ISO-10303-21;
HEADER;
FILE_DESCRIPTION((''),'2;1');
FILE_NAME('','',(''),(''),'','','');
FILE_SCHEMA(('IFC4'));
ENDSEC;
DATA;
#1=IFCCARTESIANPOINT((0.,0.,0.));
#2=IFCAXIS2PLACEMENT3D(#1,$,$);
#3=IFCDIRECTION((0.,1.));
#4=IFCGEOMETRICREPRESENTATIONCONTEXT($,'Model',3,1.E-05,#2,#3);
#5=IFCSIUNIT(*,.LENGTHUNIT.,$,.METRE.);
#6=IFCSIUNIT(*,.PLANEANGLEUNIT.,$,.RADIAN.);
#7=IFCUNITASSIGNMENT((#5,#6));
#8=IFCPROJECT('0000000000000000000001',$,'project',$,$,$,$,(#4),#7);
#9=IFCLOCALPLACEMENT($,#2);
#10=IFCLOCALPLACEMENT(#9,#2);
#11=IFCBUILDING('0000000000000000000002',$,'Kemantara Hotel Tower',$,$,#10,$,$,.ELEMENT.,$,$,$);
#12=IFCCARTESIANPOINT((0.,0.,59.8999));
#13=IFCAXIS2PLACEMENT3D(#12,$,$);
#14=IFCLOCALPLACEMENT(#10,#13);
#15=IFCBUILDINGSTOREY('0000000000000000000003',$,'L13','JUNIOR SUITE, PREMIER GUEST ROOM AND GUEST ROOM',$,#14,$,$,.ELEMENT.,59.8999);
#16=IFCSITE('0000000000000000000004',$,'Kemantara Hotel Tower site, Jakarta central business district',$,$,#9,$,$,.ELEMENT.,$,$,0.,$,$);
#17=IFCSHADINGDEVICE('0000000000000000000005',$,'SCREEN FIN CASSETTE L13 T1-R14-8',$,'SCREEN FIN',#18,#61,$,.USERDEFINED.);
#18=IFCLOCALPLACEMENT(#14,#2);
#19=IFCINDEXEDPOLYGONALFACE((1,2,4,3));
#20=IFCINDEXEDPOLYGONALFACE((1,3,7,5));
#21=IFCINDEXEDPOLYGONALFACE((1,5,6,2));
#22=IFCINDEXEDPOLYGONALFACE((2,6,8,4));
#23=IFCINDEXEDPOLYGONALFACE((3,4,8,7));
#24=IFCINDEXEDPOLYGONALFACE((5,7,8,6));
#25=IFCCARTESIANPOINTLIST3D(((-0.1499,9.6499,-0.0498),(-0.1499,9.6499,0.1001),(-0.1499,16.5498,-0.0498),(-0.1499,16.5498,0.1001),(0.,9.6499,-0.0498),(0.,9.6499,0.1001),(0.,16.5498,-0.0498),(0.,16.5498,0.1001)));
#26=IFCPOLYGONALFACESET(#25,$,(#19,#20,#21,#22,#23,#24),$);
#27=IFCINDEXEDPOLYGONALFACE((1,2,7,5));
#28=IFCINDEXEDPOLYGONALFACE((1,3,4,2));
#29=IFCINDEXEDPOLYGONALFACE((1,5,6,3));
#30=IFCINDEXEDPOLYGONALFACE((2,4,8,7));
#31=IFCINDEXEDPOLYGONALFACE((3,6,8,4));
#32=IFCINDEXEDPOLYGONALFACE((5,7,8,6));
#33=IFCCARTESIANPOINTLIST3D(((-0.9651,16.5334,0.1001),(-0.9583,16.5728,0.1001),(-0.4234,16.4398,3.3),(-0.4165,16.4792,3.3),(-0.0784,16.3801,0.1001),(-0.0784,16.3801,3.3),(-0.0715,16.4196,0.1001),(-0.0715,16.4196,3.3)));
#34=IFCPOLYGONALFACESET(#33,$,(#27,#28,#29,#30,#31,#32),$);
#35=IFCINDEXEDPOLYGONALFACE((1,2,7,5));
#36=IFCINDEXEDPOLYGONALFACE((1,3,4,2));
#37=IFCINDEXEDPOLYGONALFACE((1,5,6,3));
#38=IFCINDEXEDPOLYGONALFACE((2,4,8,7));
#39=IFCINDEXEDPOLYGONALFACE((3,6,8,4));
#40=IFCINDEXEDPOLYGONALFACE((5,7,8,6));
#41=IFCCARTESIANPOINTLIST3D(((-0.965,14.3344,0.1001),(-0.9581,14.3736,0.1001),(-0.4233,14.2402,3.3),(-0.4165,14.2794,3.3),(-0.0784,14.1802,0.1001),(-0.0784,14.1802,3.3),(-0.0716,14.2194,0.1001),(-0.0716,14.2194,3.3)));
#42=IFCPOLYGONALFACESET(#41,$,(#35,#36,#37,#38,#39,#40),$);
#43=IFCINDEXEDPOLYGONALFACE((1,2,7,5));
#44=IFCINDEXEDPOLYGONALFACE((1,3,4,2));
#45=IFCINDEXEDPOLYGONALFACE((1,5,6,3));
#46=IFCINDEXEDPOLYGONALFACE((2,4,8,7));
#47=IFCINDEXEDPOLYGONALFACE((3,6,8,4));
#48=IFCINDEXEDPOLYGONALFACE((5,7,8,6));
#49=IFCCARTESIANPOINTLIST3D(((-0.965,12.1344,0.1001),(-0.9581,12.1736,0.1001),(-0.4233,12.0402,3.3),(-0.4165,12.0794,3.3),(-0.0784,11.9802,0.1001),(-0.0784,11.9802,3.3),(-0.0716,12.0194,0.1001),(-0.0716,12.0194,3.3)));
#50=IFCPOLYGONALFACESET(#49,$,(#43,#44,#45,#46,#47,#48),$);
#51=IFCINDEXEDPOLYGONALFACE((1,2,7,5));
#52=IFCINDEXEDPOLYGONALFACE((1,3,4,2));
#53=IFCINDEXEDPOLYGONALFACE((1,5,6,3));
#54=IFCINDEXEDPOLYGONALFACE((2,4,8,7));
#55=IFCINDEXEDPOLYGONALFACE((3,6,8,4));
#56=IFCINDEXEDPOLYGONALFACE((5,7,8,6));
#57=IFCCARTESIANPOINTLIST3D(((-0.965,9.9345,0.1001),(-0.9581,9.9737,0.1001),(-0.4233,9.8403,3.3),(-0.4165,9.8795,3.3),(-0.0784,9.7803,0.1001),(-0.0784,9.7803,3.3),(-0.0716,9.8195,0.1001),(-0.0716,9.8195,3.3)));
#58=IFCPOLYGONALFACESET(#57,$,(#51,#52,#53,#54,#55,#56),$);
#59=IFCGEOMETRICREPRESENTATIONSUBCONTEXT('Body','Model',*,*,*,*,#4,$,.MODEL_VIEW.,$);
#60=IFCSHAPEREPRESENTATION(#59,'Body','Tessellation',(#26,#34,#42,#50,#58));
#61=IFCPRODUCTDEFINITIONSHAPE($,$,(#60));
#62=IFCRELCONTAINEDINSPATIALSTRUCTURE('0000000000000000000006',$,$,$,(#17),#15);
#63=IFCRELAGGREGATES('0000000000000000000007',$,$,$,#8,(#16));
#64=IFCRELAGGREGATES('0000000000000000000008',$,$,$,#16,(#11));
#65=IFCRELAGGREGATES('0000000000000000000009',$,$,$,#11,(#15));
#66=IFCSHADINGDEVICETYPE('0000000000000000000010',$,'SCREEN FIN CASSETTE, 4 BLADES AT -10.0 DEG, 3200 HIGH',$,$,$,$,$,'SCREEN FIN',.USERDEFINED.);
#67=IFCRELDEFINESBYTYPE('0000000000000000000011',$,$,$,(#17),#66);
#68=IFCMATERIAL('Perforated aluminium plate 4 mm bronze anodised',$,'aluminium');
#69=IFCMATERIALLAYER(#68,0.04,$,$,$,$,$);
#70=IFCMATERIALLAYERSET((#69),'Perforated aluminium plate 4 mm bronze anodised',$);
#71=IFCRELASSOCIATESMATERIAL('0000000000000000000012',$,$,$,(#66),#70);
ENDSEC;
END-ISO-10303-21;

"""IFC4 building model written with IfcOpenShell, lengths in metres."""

from ifc_helpers import new_model, si_unit, direction, frame, origin, origin_2d, place, context, subcontext, project, spatial, polyline, rectangle, outline, extrude, source, transform, mapped, material, layer, layer_set, type_object, element, save


model = new_model("IFC4")

# Units and contexts
model_context = context("Model", 3, precision=1e-05, world=origin(), true_north=direction((0.0, 1.0)))
body_context = subcontext(model_context, "Body", "Model", "MODEL_VIEW")
ifc_project = project(units=[si_unit("LENGTHUNIT", "METRE"), si_unit("PLANEANGLEUNIT", "RADIAN")], contexts=[model_context])

# Site, building, storey
site_placement = place(None, origin())
site = spatial("IfcSite", under=ifc_project, at=site_placement, Name="Kemantara Hotel Tower site, Jakarta central business district", CompositionType="ELEMENT", RefElevation=0.0)
building_placement = place(site_placement, origin())
building = spatial("IfcBuilding", under=site, at=building_placement, Name="Kemantara Hotel Tower", CompositionType="ELEMENT")
storey_placement = place(building_placement, frame((0.0, 0.0, 59.8999)))
storey = spatial("IfcBuildingStorey", under=building, at=storey_placement, Name="L13", Description="JUNIOR SUITE, PREMIER GUEST ROOM AND GUEST ROOM", CompositionType="ELEMENT", Elevation=59.8999)

# Shading device
ifc_material_1 = material(Name="Perforated aluminium plate 4 mm bronze anodised", Category="aluminium")
ifc_layer_1 = layer(ifc_material_1, 0.04)
ifc_layer_set_1 = layer_set([ifc_layer_1], Name="Perforated aluminium plate 4 mm bronze anodised")
shading_device_type_1 = type_object("IfcShadingDeviceType", Name="SCREEN FIN CASSETTE, 4 BLADES AT -10.0 DEG, 3200 HIGH", ElementType="SCREEN FIN", PredefinedType="USERDEFINED", material=ifc_layer_set_1)
shared_shape_1 = source(origin(), body_context, "Body", "SweptSolid", [
    extrude(rectangle(XDim=6.8999, YDim=0.1499, at=origin_2d()), frame((3.3, -0.075, -0.1499), z_axis=(0.0, 0.0, 1.0), x_axis=(1.0, 0.0, 0.0)), (0.0, 0.0, 1.0), 0.1499),
    extrude(outline(polyline([(0.0, 0.0), (0.8999, 0.0), (0.3501, 3.2), (0.0, 3.2), (0.0, 0.0)])), frame((0.0198, -0.0784, 0.0), z_axis=(-0.98539, 0.170314, 0.0), x_axis=(-0.170314, -0.98539, 0.0)), (0.0, 0.0, 1.0), 0.04),
    extrude(outline(polyline([(0.0, 0.0), (0.8999, 0.0), (0.3501, 3.2), (0.0, 3.2), (0.0, 0.0)])), frame((2.2197, -0.0784, 0.0), z_axis=(-0.985212, 0.171341, 0.0), x_axis=(-0.171341, -0.985212, 0.0)), (0.0, 0.0, 1.0), 0.0398),
    extrude(outline(polyline([(0.0, 0.0), (0.8999, 0.0), (0.3501, 3.2), (0.0, 3.2), (0.0, 0.0)])), frame((4.4197, -0.0784, 0.0), z_axis=(-0.985212, 0.171341, 0.0), x_axis=(-0.171341, -0.985212, 0.0)), (0.0, 0.0, 1.0), 0.0398),
    extrude(outline(polyline([(0.0, 0.0), (0.8999, 0.0), (0.3501, 3.2), (0.0, 3.2), (0.0, 0.0)])), frame((6.6196, -0.0784, 0.0), z_axis=(-0.985212, 0.171341, 0.0), x_axis=(-0.171341, -0.985212, 0.0)), (0.0, 0.0, 1.0), 0.0398),
])
shading_device_1_placement = place(storey_placement, frame((0.0, 16.3999, 0.1001), z_axis=(0.0, 0.0, 1.0), x_axis=(0.0, -1.0, 0.0)))
element("IfcShadingDevice", 1, at=shading_device_1_placement, inside=storey, type_object=shading_device_type_1, Name="SCREEN FIN CASSETTE L13 T1-R14-8", ObjectType="SCREEN FIN", PredefinedType="USERDEFINED", context=body_context, shape_type="MappedRepresentation", body=[
    mapped(shared_shape_1, transform((0.0, 0.0, 0.0))),
])

save(model, "model.ifc")
